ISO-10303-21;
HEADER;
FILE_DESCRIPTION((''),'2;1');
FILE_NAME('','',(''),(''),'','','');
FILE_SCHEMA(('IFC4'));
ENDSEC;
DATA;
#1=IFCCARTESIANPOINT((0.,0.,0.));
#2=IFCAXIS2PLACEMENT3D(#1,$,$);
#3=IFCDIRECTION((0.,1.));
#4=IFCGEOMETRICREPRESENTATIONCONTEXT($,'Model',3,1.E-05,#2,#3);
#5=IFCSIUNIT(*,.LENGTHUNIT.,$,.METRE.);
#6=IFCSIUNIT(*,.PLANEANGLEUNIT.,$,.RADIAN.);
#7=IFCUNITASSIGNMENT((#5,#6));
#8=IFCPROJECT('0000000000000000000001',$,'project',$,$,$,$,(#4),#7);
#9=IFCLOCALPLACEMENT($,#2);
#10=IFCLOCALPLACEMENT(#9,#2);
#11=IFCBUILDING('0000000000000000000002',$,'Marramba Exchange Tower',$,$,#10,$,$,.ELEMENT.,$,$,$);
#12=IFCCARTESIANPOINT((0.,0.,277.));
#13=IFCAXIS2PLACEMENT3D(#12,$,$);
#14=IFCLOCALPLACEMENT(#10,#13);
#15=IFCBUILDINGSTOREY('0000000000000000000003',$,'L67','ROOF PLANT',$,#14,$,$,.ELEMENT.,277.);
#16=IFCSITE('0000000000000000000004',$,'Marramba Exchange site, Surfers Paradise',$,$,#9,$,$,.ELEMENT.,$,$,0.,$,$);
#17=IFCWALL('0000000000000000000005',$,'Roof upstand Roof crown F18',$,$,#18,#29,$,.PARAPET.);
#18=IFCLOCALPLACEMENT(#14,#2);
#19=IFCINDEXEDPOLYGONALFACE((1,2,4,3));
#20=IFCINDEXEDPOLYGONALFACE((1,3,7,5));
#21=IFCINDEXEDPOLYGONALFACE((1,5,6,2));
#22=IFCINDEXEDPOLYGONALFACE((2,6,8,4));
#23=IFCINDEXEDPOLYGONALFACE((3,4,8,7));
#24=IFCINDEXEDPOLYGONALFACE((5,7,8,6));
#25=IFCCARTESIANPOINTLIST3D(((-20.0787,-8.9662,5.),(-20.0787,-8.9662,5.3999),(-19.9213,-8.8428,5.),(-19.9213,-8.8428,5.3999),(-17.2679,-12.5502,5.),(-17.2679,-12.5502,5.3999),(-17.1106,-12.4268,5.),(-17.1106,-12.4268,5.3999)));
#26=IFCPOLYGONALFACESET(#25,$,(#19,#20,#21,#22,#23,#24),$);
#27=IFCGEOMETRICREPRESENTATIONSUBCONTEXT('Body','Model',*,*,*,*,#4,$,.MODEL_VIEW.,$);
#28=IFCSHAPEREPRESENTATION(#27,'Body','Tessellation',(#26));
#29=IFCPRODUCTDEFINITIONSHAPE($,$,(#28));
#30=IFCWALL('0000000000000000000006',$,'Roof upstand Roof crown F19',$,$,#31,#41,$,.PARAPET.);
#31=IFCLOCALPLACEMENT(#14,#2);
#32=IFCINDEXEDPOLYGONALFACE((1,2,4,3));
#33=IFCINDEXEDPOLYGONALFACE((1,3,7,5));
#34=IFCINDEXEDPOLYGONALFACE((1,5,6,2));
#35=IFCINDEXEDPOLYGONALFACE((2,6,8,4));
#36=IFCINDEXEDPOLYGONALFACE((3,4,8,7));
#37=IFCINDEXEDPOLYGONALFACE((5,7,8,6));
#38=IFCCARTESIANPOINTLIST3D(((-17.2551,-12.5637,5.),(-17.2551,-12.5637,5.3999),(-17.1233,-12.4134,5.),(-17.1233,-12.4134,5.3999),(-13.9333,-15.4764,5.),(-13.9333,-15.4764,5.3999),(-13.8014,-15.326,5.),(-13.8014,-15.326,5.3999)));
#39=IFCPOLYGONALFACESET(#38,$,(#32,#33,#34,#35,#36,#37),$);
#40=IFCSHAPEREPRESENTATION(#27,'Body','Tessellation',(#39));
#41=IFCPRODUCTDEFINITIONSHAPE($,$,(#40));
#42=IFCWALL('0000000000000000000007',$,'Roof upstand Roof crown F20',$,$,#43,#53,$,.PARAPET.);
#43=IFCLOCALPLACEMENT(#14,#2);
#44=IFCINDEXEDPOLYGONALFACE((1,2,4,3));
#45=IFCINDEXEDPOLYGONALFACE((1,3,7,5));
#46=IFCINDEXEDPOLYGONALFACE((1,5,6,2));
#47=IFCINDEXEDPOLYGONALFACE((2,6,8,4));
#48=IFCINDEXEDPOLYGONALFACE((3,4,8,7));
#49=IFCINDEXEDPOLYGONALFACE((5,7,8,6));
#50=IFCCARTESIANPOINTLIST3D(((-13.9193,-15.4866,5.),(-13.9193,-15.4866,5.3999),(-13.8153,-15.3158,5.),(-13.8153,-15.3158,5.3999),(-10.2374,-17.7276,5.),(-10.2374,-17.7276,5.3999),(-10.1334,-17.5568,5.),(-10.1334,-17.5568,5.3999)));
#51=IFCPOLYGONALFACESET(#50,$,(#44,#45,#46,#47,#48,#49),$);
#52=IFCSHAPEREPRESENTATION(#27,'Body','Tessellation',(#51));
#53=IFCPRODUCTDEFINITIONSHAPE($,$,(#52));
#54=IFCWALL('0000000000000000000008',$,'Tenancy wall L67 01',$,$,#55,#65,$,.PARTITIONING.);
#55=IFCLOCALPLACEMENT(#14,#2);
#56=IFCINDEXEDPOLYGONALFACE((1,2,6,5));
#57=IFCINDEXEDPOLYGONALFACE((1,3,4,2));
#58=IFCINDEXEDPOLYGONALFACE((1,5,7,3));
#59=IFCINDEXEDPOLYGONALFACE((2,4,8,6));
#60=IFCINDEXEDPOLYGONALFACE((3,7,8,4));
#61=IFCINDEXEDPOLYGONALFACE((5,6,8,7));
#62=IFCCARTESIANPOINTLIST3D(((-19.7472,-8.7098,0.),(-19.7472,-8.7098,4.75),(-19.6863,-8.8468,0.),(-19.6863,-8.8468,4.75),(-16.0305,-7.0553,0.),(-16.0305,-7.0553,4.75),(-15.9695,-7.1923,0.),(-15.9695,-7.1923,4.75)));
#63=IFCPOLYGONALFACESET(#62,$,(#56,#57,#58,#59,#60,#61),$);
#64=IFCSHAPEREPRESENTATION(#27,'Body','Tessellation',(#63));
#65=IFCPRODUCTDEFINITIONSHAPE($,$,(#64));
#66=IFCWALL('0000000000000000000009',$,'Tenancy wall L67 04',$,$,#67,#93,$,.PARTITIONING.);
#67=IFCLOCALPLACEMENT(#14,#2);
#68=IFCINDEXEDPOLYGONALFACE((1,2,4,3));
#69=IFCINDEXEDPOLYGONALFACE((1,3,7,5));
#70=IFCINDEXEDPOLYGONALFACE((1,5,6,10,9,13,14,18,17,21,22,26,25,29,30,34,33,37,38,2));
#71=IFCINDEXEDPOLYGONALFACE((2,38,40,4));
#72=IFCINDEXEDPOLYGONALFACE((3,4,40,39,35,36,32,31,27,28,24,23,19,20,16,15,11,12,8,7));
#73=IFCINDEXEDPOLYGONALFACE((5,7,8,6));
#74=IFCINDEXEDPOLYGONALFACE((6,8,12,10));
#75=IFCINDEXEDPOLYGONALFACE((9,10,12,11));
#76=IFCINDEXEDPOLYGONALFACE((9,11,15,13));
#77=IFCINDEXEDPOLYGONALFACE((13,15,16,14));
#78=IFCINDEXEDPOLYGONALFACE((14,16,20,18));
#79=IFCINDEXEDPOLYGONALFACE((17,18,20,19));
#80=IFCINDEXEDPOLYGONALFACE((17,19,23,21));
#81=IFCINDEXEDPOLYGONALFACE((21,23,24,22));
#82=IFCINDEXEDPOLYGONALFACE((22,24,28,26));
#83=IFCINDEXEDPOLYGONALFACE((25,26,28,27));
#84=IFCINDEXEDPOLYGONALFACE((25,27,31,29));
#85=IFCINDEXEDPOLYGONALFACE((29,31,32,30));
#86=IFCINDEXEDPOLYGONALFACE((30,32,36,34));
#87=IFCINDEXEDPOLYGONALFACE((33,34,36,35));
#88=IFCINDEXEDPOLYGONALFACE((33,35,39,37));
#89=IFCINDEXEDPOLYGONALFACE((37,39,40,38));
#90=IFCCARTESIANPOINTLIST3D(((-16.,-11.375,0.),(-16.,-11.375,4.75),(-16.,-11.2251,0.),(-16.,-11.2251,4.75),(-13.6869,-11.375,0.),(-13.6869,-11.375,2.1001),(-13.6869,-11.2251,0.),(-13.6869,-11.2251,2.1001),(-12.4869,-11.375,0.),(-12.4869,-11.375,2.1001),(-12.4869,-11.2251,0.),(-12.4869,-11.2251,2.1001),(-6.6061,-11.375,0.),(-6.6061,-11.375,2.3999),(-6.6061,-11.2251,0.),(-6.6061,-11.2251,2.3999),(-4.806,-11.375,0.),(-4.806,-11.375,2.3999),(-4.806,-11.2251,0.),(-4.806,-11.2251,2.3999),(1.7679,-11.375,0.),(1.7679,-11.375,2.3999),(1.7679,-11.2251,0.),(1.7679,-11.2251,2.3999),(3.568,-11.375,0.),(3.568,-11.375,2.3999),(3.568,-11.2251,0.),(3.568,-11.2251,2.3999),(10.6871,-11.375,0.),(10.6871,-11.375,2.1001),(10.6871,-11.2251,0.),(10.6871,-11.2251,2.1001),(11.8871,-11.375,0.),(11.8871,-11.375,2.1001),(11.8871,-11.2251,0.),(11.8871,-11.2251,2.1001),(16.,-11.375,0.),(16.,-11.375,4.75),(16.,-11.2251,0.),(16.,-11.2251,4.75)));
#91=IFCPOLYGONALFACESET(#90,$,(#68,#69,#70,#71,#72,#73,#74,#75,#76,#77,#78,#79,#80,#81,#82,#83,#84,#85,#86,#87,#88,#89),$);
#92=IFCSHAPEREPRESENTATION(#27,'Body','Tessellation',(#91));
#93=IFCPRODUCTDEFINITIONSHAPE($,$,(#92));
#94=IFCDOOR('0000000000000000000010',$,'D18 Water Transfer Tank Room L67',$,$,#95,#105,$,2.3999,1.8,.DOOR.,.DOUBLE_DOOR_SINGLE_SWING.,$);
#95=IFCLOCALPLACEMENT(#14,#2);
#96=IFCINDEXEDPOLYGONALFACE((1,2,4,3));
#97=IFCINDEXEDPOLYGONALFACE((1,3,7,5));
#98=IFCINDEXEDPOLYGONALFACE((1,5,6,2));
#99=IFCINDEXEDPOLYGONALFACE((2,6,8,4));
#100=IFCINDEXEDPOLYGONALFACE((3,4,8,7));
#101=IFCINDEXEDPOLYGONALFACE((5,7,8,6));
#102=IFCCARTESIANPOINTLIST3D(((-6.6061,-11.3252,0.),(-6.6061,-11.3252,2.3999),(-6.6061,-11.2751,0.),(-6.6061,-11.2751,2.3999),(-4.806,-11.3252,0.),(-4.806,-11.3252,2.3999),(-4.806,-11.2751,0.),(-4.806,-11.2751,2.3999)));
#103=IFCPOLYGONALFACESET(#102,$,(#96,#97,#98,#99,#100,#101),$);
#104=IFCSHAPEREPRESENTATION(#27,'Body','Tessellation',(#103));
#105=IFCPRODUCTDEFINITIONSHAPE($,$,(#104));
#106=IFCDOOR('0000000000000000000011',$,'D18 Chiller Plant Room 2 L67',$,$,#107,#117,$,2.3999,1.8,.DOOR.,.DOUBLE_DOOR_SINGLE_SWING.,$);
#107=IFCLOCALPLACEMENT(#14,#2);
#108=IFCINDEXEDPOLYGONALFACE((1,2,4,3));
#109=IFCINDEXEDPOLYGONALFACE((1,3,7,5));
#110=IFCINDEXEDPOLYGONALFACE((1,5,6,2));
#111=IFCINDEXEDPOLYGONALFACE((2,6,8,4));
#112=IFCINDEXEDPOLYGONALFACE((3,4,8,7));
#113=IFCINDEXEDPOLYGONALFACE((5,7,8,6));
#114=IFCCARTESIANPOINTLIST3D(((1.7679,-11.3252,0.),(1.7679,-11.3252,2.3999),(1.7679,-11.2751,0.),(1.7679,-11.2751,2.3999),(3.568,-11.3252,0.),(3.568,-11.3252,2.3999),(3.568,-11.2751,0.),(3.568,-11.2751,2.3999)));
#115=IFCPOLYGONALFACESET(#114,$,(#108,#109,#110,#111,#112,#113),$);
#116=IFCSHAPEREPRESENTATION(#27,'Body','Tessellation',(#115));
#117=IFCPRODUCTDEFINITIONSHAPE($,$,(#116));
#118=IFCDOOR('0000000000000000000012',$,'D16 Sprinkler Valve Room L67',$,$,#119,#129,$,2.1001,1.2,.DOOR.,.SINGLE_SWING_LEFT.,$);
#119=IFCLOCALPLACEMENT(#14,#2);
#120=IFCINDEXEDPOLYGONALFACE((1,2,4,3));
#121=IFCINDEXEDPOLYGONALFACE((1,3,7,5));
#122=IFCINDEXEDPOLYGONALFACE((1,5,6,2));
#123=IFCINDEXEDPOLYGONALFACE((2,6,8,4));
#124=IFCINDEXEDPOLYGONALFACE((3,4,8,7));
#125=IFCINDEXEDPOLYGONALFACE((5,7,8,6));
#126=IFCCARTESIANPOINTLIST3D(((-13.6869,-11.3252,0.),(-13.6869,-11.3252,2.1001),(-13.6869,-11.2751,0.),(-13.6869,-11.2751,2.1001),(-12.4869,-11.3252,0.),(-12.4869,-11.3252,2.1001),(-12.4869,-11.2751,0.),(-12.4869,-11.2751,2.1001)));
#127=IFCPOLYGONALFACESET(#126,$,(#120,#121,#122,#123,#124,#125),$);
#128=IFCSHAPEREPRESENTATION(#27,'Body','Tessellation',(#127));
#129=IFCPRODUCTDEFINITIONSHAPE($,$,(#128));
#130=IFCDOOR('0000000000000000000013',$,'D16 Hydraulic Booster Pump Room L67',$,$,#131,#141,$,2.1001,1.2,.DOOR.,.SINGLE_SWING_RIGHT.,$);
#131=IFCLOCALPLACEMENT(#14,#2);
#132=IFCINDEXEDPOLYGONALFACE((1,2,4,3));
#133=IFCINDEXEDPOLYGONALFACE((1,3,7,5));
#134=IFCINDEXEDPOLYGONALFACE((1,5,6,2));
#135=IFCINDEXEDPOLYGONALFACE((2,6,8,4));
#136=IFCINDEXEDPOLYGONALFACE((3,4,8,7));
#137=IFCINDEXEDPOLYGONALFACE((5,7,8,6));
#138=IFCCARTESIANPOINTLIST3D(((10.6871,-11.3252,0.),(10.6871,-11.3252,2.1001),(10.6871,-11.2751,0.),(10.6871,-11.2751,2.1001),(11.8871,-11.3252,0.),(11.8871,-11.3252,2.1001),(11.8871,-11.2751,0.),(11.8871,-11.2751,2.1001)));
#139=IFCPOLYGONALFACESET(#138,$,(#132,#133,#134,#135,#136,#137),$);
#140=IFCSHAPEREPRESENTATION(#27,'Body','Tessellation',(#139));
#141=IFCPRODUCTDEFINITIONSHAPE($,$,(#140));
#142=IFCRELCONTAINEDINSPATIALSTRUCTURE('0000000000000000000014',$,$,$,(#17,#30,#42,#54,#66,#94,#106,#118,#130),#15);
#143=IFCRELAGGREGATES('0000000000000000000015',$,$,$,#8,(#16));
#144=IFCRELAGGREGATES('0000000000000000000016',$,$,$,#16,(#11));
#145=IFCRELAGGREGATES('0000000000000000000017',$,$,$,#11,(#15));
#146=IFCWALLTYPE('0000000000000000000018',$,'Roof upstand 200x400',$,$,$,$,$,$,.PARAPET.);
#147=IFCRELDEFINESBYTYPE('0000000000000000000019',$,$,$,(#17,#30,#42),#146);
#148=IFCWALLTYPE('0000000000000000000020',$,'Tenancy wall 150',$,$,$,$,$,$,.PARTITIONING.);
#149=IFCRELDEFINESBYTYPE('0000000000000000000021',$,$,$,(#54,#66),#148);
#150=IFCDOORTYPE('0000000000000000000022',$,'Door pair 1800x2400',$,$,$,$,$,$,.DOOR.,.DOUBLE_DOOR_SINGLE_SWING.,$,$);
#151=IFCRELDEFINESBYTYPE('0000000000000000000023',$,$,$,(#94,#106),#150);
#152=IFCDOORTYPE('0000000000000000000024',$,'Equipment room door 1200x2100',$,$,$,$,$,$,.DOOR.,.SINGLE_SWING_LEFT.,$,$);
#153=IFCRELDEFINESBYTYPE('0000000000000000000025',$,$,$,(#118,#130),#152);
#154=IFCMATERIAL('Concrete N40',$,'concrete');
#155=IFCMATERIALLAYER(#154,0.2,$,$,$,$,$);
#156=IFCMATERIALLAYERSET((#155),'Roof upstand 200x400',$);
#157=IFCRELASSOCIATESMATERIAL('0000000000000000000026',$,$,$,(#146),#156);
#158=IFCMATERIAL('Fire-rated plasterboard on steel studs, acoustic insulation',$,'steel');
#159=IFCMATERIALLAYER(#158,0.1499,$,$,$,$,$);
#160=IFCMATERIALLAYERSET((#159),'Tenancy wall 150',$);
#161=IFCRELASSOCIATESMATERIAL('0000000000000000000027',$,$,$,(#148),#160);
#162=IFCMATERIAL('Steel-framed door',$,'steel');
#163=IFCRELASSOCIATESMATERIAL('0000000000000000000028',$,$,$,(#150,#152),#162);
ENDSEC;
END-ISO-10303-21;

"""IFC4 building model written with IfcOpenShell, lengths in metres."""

from ifc_helpers import new_model, si_unit, direction, frame, frame_2d, origin, place, context, subcontext, project, spatial, rectangle, extrude, material, layer, layer_set, type_object, element, fill, save


model = new_model("IFC4")

# Units and contexts
model_context = context("Model", 3, precision=1e-05, world=origin(), true_north=direction((0.0, 1.0)))
body_context = subcontext(model_context, "Body", "Model", "MODEL_VIEW")
ifc_project = project(units=[si_unit("LENGTHUNIT", "METRE"), si_unit("PLANEANGLEUNIT", "RADIAN")], contexts=[model_context])

# Site, building, storey
site_placement = place(None, origin())
site = spatial("IfcSite", under=ifc_project, at=site_placement, Name="Marramba Exchange site, Surfers Paradise", CompositionType="ELEMENT", RefElevation=0.0)
building_placement = place(site_placement, origin())
building = spatial("IfcBuilding", under=site, at=building_placement, Name="Marramba Exchange Tower", CompositionType="ELEMENT")
storey_placement = place(building_placement, frame((0.0, 0.0, 277.0)))
storey = spatial("IfcBuildingStorey", under=building, at=storey_placement, Name="L67", Description="ROOF PLANT", CompositionType="ELEMENT", Elevation=277.0)

# Shared definitions
ifc_material_1 = material(Name="Steel-framed door", Category="steel")

# Walls
ifc_material_2 = material(Name="Concrete N40", Category="concrete")
ifc_layer_1 = layer(ifc_material_2, 0.2)
ifc_layer_set_1 = layer_set([ifc_layer_1], Name="Roof upstand 200x400")
wall_type_1 = type_object("IfcWallType", Name="Roof upstand 200x400", PredefinedType="PARAPET", material=ifc_layer_set_1)
wall_1_placement = place(storey_placement, frame((-20.0, -8.9045, 5.0), z_axis=(0.0, 0.0, 1.0), x_axis=(0.617116, -0.786872, 0.0)))
element("IfcWall", 1, at=wall_1_placement, inside=storey, type_object=wall_type_1, Name="Roof upstand Roof crown F18", PredefinedType="PARAPET", context=body_context, shape_type="SweptSolid", body=[
    extrude(rectangle(XDim=4.5547, YDim=0.2, at=frame_2d((2.2773, 0.0))), origin(), (0.0, 0.0, 1.0), 0.3999),
])
wall_2_placement = place(storey_placement, frame((-17.1892, -12.4885, 5.0), z_axis=(0.0, 0.0, 1.0), x_axis=(0.751898, -0.659279, 0.0)))
element("IfcWall", 2, at=wall_2_placement, inside=storey, type_object=wall_type_1, Name="Roof upstand Roof crown F19", PredefinedType="PARAPET", context=body_context, shape_type="SweptSolid", body=[
    extrude(rectangle(XDim=4.418, YDim=0.2, at=frame_2d((2.209, 0.0))), origin(), (0.0, 0.0, 1.0), 0.3999),
])
wall_3_placement = place(storey_placement, frame((-13.8674, -15.4011, 5.0), z_axis=(0.0, 0.0, 1.0), x_axis=(0.854217, -0.519916, 0.0)))
element("IfcWall", 3, at=wall_3_placement, inside=storey, type_object=wall_type_1, Name="Roof upstand Roof crown F20", PredefinedType="PARAPET", context=body_context, shape_type="SweptSolid", body=[
    extrude(rectangle(XDim=4.3103, YDim=0.2, at=frame_2d((2.1553, 0.0))), origin(), (0.0, 0.0, 1.0), 0.3999),
])
ifc_material_3 = material(Name="Fire-rated plasterboard on steel studs, acoustic insulation", Category="steel")
ifc_layer_2 = layer(ifc_material_3, 0.1499)
ifc_layer_set_2 = layer_set([ifc_layer_2], Name="Tenancy wall 150")
wall_type_2 = type_object("IfcWallType", Name="Tenancy wall 150", PredefinedType="PARTITIONING", material=ifc_layer_set_2)
wall_4_placement = place(storey_placement, frame((-16.0, -7.1238, 0.0), z_axis=(0.0, 0.0, 1.0), x_axis=(-0.913571, -0.406678, 0.0)))
element("IfcWall", 4, at=wall_4_placement, inside=storey, type_object=wall_type_2, Name="Tenancy wall L67 01", PredefinedType="PARTITIONING", context=body_context, shape_type="SweptSolid", body=[
    extrude(rectangle(XDim=4.0684, YDim=0.1499, at=frame_2d((2.0342, 0.0))), origin(), (0.0, 0.0, 1.0), 4.75),
])

# Wall, openings, doors
wall_5_placement = place(storey_placement, frame((-16.0, -11.3, 0.0), z_axis=(0.0, 0.0, 1.0), x_axis=(1.0, 0.0, 0.0)))
wall_5 = element("IfcWall", 5, at=wall_5_placement, inside=storey, type_object=wall_type_2, Name="Tenancy wall L67 04", PredefinedType="PARTITIONING", context=body_context, shape_type="SweptSolid", body=[
    extrude(rectangle(XDim=32.0, YDim=0.1499, at=frame_2d((16.0, 0.0))), origin(), (0.0, 0.0, 1.0), 4.75),
])
opening_1_placement = place(wall_5_placement, frame((2.313, 0.0, 0.0)))
opening_1 = element("IfcOpeningElement", 6, at=opening_1_placement, cuts=wall_5, PredefinedType="OPENING", context=body_context, shape_type="SweptSolid", body=[
    extrude(rectangle(XDim=1.2, YDim=2.1001, at=frame_2d((0.6001, 1.05))), frame((0.0, 0.085, 0.0), z_axis=(0.0, -1.0, 0.0), x_axis=(1.0, 0.0, 0.0)), (0.0, 0.0, 1.0), 0.1699),
])
opening_2_placement = place(wall_5_placement, frame((9.394, 0.0, 0.0)))
opening_2 = element("IfcOpeningElement", 7, at=opening_2_placement, cuts=wall_5, PredefinedType="OPENING", context=body_context, shape_type="SweptSolid", body=[
    extrude(rectangle(XDim=1.8, YDim=2.3999, at=frame_2d((0.8999, 1.2))), frame((0.0, 0.085, 0.0), z_axis=(0.0, -1.0, 0.0), x_axis=(1.0, 0.0, 0.0)), (0.0, 0.0, 1.0), 0.1699),
])
opening_3_placement = place(wall_5_placement, frame((17.7681, 0.0, 0.0)))
opening_3 = element("IfcOpeningElement", 8, at=opening_3_placement, cuts=wall_5, PredefinedType="OPENING", context=body_context, shape_type="SweptSolid", body=[
    extrude(rectangle(XDim=1.8, YDim=2.3999, at=frame_2d((0.8999, 1.2))), frame((0.0, 0.085, 0.0), z_axis=(0.0, -1.0, 0.0), x_axis=(1.0, 0.0, 0.0)), (0.0, 0.0, 1.0), 0.1699),
])
opening_4_placement = place(wall_5_placement, frame((26.687, 0.0, 0.0)))
opening_4 = element("IfcOpeningElement", 9, at=opening_4_placement, cuts=wall_5, PredefinedType="OPENING", context=body_context, shape_type="SweptSolid", body=[
    extrude(rectangle(XDim=1.2, YDim=2.1001, at=frame_2d((0.6001, 1.05))), frame((0.0, 0.085, 0.0), z_axis=(0.0, -1.0, 0.0), x_axis=(1.0, 0.0, 0.0)), (0.0, 0.0, 1.0), 0.1699),
])
door_type_1 = type_object("IfcDoorType", Name="Door pair 1800x2400", OperationType="DOUBLE_DOOR_SINGLE_SWING", PredefinedType="DOOR", material=ifc_material_1)
door_1_placement = place(opening_2_placement, origin())
door_1 = element("IfcDoor", 10, at=door_1_placement, inside=storey, type_object=door_type_1, Name="D18 Water Transfer Tank Room L67", OperationType="DOUBLE_DOOR_SINGLE_SWING", OverallHeight=2.3999, OverallWidth=1.8, PredefinedType="DOOR", context=body_context, shape_type="SweptSolid", body=[
    extrude(rectangle(XDim=1.8, YDim=2.3999, at=frame_2d((0.8999, 1.2))), frame((0.0, 0.0249, 0.0), z_axis=(0.0, -1.0, 0.0), x_axis=(1.0, 0.0, 0.0)), (0.0, 0.0, 1.0), 0.05),
])
fill(opening_2, door_1)
door_2_placement = place(opening_3_placement, origin())
door_2 = element("IfcDoor", 11, at=door_2_placement, inside=storey, type_object=door_type_1, Name="D18 Chiller Plant Room 2 L67", OperationType="DOUBLE_DOOR_SINGLE_SWING", OverallHeight=2.3999, OverallWidth=1.8, PredefinedType="DOOR", context=body_context, shape_type="SweptSolid", body=[
    extrude(rectangle(XDim=1.8, YDim=2.3999, at=frame_2d((0.8999, 1.2))), frame((0.0, 0.0249, 0.0), z_axis=(0.0, -1.0, 0.0), x_axis=(1.0, 0.0, 0.0)), (0.0, 0.0, 1.0), 0.05),
])
fill(opening_3, door_2)
door_type_2 = type_object("IfcDoorType", Name="Equipment room door 1200x2100", OperationType="SINGLE_SWING_LEFT", PredefinedType="DOOR", material=ifc_material_1)
door_3_placement = place(opening_1_placement, frame((1.2, 0.0, 0.0), z_axis=(0.0, 0.0, 1.0), x_axis=(-1.0, 0.0, 0.0)))
door_3 = element("IfcDoor", 12, at=door_3_placement, inside=storey, type_object=door_type_2, Name="D16 Sprinkler Valve Room L67", OperationType="SINGLE_SWING_LEFT", OverallHeight=2.1001, OverallWidth=1.2, PredefinedType="DOOR", context=body_context, shape_type="SweptSolid", body=[
    extrude(rectangle(XDim=1.2, YDim=2.1001, at=frame_2d((0.5999, 1.05))), frame((0.0, 0.0251, 0.0), z_axis=(0.0, -1.0, 0.0), x_axis=(1.0, 0.0, 0.0)), (0.0, 0.0, 1.0), 0.05),
])
fill(opening_1, door_3)
door_4_placement = place(opening_4_placement, frame((1.2, 0.0, 0.0), z_axis=(0.0, 0.0, 1.0), x_axis=(-1.0, 0.0, 0.0)))
door_4 = element("IfcDoor", 13, at=door_4_placement, inside=storey, type_object=door_type_2, Name="D16 Hydraulic Booster Pump Room L67", OperationType="SINGLE_SWING_RIGHT", OverallHeight=2.1001, OverallWidth=1.2, PredefinedType="DOOR", context=body_context, shape_type="SweptSolid", body=[
    extrude(rectangle(XDim=1.2, YDim=2.1001, at=frame_2d((0.5999, 1.05))), frame((0.0, 0.0251, 0.0), z_axis=(0.0, -1.0, 0.0), x_axis=(1.0, 0.0, 0.0)), (0.0, 0.0, 1.0), 0.05),
])
fill(opening_4, door_4)

save(model, "model.ifc")
